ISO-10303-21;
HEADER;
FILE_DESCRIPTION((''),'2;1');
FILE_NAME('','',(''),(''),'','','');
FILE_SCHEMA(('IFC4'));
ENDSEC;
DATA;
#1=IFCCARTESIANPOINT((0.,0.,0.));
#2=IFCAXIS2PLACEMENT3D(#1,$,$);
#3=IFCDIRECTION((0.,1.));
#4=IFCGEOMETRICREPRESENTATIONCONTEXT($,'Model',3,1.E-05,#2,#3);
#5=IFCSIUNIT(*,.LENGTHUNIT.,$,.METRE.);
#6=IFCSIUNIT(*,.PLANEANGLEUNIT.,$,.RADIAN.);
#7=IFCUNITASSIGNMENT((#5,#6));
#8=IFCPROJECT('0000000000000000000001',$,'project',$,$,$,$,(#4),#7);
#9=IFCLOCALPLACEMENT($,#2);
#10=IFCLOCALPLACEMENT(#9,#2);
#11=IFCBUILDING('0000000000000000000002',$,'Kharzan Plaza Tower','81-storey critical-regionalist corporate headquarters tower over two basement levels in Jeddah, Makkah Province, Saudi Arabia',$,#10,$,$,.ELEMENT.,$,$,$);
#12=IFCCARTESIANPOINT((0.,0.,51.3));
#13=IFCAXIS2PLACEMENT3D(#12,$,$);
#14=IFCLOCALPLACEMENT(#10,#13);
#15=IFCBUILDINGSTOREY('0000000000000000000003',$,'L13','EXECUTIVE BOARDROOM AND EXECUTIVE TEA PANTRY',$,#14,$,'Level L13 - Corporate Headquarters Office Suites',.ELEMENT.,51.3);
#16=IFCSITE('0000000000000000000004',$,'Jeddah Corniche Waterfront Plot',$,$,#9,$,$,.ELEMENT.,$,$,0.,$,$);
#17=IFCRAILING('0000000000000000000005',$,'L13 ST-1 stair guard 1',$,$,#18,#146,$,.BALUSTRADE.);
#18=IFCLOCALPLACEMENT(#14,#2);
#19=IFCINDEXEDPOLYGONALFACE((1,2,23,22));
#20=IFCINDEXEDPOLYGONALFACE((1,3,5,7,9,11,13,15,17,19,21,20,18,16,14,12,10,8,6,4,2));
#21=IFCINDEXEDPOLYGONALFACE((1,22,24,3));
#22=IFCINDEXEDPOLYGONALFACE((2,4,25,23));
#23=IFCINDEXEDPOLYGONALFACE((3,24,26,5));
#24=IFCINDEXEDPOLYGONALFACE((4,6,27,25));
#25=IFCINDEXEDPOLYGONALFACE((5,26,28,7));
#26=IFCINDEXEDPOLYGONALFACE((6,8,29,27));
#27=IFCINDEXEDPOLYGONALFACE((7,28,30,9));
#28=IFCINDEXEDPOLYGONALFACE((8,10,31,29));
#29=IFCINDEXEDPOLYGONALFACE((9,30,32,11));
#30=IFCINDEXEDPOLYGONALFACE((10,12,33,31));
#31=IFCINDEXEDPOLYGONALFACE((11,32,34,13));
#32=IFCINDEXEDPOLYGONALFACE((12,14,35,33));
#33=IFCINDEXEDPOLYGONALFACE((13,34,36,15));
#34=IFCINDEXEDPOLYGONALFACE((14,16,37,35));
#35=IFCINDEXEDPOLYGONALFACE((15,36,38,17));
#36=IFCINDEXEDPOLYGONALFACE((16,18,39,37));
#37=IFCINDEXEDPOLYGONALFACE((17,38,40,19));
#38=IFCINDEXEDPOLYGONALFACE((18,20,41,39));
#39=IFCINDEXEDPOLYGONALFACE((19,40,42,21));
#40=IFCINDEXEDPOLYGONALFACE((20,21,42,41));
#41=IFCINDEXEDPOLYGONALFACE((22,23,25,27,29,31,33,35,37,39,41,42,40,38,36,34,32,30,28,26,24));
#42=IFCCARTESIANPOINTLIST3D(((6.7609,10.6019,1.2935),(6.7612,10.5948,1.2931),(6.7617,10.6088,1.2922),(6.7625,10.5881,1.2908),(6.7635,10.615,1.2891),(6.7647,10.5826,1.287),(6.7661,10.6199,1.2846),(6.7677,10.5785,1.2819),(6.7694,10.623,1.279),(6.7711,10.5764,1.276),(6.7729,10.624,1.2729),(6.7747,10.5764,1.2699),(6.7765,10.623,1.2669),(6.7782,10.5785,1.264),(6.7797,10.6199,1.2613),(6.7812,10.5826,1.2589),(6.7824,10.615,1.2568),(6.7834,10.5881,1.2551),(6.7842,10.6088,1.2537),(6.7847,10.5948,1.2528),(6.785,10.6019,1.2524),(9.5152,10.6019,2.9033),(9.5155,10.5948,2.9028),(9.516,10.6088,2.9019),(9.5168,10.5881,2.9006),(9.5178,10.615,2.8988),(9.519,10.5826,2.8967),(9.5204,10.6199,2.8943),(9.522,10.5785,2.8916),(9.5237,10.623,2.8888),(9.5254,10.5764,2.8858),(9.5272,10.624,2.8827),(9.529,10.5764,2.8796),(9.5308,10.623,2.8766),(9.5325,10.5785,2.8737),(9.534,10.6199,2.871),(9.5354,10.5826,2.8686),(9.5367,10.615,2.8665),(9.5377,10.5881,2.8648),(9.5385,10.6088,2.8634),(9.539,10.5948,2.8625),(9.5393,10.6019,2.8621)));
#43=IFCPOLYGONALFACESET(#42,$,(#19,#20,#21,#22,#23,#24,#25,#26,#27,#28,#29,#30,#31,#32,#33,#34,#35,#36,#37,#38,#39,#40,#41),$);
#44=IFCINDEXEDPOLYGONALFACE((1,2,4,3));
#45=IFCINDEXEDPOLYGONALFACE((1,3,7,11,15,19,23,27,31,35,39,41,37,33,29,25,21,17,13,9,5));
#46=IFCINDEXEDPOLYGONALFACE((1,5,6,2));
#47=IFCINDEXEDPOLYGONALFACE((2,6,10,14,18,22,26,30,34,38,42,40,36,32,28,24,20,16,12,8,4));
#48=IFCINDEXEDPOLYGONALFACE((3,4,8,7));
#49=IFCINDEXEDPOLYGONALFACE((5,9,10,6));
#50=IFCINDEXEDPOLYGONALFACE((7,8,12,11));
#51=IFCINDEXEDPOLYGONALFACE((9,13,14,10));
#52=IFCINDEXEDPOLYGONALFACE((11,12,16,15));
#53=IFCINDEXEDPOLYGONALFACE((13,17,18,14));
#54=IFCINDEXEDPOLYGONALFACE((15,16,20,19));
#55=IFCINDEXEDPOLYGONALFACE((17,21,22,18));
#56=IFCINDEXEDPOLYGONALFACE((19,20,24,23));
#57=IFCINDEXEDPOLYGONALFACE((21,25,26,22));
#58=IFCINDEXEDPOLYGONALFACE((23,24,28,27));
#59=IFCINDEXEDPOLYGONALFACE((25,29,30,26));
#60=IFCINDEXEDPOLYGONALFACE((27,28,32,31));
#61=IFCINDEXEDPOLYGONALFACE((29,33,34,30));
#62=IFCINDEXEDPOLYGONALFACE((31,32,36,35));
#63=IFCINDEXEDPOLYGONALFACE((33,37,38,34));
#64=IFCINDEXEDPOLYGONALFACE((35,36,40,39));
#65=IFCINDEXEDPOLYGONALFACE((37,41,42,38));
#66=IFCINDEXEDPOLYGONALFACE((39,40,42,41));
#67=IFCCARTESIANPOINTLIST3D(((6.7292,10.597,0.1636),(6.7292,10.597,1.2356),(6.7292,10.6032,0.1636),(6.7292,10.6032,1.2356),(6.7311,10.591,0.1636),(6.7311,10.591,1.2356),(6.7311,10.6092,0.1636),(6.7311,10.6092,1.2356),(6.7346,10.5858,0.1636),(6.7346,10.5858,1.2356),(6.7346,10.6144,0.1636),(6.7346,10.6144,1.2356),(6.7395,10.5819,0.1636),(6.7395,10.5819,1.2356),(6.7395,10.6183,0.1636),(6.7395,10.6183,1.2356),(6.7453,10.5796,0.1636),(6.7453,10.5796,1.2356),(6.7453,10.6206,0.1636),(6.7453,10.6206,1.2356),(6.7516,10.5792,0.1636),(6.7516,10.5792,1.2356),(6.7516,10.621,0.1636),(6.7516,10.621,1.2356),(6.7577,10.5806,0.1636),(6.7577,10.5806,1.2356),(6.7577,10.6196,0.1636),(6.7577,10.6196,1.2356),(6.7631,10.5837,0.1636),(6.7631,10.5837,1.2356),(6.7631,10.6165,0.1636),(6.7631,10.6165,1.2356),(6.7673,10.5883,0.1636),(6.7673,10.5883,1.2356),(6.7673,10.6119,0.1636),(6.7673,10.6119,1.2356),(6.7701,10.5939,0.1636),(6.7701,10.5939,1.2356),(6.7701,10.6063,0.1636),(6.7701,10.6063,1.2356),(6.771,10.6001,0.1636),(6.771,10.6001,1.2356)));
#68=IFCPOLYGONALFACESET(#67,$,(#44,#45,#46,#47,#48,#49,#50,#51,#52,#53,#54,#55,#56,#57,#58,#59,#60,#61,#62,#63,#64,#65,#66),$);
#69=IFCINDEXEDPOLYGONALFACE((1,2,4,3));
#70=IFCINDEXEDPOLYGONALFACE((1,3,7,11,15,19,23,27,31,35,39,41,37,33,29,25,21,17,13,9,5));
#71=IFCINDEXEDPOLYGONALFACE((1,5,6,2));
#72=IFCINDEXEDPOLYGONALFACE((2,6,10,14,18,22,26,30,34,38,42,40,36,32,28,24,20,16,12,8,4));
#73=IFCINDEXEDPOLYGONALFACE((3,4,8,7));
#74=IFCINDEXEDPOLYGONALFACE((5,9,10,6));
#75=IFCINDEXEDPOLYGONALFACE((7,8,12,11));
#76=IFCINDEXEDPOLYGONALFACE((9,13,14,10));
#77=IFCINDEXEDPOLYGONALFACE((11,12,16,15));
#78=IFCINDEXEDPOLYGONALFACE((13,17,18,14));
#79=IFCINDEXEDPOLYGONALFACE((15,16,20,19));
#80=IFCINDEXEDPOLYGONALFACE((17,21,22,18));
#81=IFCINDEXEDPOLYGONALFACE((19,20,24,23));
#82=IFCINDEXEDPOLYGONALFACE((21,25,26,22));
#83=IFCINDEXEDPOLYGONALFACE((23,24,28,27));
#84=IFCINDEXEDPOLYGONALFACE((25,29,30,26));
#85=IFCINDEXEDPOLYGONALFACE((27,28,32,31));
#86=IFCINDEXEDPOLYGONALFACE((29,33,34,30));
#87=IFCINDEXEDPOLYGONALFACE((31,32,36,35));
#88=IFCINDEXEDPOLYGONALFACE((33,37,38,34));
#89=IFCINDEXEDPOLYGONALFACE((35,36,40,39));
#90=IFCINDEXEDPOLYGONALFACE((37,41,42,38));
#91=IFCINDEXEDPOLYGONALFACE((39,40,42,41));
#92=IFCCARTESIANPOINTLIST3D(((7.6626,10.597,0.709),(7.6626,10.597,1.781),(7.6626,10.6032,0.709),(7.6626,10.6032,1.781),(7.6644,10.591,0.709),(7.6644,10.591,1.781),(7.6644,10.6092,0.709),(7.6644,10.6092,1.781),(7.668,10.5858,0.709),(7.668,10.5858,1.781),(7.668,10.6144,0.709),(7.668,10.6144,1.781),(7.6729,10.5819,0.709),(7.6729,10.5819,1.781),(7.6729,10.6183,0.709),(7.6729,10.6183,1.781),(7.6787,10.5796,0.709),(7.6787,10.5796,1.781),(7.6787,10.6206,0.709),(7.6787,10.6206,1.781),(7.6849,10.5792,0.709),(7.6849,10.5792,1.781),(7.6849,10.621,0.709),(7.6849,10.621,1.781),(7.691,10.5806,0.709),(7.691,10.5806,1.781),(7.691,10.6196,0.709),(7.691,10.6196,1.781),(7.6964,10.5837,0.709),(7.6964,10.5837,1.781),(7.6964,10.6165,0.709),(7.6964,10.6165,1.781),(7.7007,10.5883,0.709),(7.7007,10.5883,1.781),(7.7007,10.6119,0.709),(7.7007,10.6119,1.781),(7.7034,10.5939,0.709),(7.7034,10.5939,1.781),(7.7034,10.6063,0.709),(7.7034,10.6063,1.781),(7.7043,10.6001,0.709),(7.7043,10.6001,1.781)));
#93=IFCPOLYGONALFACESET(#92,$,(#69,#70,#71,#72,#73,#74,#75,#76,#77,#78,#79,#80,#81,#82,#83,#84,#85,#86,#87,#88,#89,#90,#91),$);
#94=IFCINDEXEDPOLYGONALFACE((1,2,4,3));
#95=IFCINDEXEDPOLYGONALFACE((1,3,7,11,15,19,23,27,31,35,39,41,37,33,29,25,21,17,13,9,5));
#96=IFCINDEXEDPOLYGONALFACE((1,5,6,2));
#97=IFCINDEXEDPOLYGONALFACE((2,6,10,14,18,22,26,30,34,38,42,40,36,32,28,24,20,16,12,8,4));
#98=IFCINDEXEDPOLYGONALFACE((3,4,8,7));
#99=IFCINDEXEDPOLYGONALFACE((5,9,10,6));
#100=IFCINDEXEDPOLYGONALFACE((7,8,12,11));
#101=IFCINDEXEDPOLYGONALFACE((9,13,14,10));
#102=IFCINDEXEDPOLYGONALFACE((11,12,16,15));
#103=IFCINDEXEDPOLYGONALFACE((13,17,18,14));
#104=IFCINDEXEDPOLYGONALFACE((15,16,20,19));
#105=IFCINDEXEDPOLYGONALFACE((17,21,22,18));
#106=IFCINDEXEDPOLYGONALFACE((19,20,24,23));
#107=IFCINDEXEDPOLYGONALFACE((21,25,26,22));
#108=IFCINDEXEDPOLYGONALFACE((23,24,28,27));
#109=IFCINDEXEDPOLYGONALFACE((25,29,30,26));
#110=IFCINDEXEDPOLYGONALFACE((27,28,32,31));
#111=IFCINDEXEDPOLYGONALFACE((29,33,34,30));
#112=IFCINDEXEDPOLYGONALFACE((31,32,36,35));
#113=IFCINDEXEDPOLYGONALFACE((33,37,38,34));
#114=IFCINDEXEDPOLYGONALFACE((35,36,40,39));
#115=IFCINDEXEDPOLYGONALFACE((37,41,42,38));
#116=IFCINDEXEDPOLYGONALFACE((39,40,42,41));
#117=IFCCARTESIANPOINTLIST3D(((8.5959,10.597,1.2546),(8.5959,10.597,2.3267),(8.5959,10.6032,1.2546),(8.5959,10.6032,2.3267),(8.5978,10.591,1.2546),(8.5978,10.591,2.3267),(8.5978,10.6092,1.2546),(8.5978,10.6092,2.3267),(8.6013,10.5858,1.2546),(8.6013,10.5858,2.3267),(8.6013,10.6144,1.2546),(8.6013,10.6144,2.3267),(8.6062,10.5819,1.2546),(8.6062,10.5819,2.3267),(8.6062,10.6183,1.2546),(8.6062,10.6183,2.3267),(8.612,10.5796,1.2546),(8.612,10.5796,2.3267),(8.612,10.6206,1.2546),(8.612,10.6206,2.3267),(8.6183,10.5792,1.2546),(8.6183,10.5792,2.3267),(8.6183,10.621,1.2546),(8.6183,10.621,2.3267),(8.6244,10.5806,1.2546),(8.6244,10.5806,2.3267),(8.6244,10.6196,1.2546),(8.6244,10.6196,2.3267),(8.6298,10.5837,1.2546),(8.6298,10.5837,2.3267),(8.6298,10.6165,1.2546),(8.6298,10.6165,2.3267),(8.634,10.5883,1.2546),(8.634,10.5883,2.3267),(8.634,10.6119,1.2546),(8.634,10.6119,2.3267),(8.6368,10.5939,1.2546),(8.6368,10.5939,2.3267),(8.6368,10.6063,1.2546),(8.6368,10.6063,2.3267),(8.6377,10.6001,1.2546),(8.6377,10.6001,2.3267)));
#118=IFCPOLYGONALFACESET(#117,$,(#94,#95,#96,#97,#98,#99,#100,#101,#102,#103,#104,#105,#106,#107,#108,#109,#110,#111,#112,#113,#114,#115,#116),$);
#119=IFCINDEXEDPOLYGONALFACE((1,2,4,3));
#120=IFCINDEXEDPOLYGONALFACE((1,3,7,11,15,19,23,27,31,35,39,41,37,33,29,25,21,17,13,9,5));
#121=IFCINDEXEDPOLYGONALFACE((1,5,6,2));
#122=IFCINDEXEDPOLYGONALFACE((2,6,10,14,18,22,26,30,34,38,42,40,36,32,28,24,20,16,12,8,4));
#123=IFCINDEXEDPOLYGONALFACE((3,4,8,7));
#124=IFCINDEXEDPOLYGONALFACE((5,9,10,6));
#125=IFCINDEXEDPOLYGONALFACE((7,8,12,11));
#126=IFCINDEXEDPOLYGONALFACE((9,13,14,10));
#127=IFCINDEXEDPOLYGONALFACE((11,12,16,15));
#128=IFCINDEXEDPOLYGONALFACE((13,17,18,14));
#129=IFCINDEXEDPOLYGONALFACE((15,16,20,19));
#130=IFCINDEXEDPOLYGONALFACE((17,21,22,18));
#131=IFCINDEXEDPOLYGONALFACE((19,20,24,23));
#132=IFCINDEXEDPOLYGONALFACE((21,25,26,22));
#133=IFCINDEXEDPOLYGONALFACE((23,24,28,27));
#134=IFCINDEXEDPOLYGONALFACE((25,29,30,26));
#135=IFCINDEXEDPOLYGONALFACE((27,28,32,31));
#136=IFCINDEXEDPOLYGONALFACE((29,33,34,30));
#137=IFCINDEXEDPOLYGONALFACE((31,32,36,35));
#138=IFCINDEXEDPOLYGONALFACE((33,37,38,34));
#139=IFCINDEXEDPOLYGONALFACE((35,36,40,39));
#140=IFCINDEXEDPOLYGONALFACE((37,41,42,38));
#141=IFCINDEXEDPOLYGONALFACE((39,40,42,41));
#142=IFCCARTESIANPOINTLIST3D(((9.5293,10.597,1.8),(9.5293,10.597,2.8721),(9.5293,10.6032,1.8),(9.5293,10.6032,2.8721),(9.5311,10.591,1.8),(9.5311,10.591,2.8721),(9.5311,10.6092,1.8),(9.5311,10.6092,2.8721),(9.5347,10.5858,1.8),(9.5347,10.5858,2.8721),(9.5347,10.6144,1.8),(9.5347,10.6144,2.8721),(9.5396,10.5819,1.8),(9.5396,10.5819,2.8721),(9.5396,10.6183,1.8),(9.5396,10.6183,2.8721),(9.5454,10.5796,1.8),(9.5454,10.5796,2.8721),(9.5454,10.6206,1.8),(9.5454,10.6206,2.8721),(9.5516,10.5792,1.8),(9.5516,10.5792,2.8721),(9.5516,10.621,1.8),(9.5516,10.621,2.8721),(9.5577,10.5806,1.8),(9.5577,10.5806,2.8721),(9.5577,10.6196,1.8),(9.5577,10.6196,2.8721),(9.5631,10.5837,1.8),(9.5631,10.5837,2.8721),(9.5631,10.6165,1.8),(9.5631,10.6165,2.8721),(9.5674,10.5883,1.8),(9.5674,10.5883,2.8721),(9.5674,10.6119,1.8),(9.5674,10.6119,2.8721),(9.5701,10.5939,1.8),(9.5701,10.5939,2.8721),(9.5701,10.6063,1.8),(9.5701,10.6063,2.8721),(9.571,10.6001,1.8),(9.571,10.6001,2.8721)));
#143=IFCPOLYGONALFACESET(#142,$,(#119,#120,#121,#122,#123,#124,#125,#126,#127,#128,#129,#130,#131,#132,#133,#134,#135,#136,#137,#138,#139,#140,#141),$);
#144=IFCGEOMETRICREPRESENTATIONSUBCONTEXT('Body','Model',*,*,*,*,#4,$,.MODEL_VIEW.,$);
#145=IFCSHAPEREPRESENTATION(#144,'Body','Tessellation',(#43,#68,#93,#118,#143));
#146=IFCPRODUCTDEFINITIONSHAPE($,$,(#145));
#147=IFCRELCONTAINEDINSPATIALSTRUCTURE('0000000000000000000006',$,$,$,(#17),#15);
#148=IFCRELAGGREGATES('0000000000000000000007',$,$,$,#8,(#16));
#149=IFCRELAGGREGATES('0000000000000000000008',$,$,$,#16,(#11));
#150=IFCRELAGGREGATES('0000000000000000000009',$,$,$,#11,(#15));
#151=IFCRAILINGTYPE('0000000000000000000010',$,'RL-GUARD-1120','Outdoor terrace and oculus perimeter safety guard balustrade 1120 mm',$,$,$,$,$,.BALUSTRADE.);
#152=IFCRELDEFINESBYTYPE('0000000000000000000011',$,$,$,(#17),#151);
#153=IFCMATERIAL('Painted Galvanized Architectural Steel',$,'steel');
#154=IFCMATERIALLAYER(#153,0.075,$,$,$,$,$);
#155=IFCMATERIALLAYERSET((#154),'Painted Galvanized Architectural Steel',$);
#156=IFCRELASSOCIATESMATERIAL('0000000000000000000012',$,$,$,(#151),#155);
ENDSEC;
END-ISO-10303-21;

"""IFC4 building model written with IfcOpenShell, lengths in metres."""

from ifc_helpers import new_model, si_unit, direction, frame, origin, origin_2d, place, context, subcontext, project, spatial, circle, extrude, source, transform, mapped, material, layer, layer_set, type_object, element, save


model = new_model("IFC4")

# Units and contexts
model_context = context("Model", 3, precision=1e-05, world=origin(), true_north=direction((0.0, 1.0)))
body_context = subcontext(model_context, "Body", "Model", "MODEL_VIEW")
ifc_project = project(units=[si_unit("LENGTHUNIT", "METRE"), si_unit("PLANEANGLEUNIT", "RADIAN")], contexts=[model_context])

# Site, building, storey
site_placement = place(None, origin())
site = spatial("IfcSite", under=ifc_project, at=site_placement, Name="Jeddah Corniche Waterfront Plot", CompositionType="ELEMENT", RefElevation=0.0)
building_placement = place(site_placement, origin())
building = spatial("IfcBuilding", under=site, at=building_placement, Name="Kharzan Plaza Tower", Description="81-storey critical-regionalist corporate headquarters tower over two basement levels in Jeddah, Makkah Province, Saudi Arabia", CompositionType="ELEMENT")
storey_placement = place(building_placement, frame((0.0, 0.0, 51.3)))
storey = spatial("IfcBuildingStorey", under=building, at=storey_placement, Name="L13", Description="EXECUTIVE BOARDROOM AND EXECUTIVE TEA PANTRY", LongName="Level L13 - Corporate Headquarters Office Suites", CompositionType="ELEMENT", Elevation=51.3)

# Railing
ifc_material_1 = material(Name="Painted Galvanized Architectural Steel", Category="steel")
ifc_layer_1 = layer(ifc_material_1, 0.075)
ifc_layer_set_1 = layer_set([ifc_layer_1], Name="Painted Galvanized Architectural Steel")
railing_type_1 = type_object("IfcRailingType", Name="RL-GUARD-1120", Description="Outdoor terrace and oculus perimeter safety guard balustrade 1120 mm", PredefinedType="BALUSTRADE", material=ifc_layer_set_1)
shared_shape_1 = source(origin(), body_context, "Body", "SweptSolid", [
    extrude(circle(Radius=0.0239, at=origin_2d()), frame((0.0229, 0.0, 1.1094), z_axis=(0.863361, 0.0, 0.504587), x_axis=(0.0, 1.0, 0.0)), (0.0, 0.0, 1.0), 3.1902),
    extrude(circle(Radius=0.021, at=origin_2d()), origin(), (0.0, 0.0, 1.0), 1.072),
    extrude(circle(Radius=0.021, at=origin_2d()), frame((0.9333, 0.0, 0.5454)), (0.0, 0.0, 1.0), 1.072),
    extrude(circle(Radius=0.021, at=origin_2d()), frame((1.8667, 0.0, 1.0911)), (0.0, 0.0, 1.0), 1.072),
    extrude(circle(Radius=0.021, at=origin_2d()), frame((2.8, 0.0, 1.6365)), (0.0, 0.0, 1.0), 1.072),
])
railing_1_placement = place(storey_placement, frame((6.75, 10.6001, 0.1636)))
element("IfcRailing", 1, at=railing_1_placement, inside=storey, type_object=railing_type_1, Name="L13 ST-1 stair guard 1", PredefinedType="BALUSTRADE", context=body_context, shape_type="MappedRepresentation", body=[
    mapped(shared_shape_1, transform((0.0, 0.0, 0.0), x_axis=(1.0, 0.0, 0.0), y_axis=(0.0, 1.0, 0.0), z_axis=(0.0, 0.0, 1.0))),
])

save(model, "model.ifc")
